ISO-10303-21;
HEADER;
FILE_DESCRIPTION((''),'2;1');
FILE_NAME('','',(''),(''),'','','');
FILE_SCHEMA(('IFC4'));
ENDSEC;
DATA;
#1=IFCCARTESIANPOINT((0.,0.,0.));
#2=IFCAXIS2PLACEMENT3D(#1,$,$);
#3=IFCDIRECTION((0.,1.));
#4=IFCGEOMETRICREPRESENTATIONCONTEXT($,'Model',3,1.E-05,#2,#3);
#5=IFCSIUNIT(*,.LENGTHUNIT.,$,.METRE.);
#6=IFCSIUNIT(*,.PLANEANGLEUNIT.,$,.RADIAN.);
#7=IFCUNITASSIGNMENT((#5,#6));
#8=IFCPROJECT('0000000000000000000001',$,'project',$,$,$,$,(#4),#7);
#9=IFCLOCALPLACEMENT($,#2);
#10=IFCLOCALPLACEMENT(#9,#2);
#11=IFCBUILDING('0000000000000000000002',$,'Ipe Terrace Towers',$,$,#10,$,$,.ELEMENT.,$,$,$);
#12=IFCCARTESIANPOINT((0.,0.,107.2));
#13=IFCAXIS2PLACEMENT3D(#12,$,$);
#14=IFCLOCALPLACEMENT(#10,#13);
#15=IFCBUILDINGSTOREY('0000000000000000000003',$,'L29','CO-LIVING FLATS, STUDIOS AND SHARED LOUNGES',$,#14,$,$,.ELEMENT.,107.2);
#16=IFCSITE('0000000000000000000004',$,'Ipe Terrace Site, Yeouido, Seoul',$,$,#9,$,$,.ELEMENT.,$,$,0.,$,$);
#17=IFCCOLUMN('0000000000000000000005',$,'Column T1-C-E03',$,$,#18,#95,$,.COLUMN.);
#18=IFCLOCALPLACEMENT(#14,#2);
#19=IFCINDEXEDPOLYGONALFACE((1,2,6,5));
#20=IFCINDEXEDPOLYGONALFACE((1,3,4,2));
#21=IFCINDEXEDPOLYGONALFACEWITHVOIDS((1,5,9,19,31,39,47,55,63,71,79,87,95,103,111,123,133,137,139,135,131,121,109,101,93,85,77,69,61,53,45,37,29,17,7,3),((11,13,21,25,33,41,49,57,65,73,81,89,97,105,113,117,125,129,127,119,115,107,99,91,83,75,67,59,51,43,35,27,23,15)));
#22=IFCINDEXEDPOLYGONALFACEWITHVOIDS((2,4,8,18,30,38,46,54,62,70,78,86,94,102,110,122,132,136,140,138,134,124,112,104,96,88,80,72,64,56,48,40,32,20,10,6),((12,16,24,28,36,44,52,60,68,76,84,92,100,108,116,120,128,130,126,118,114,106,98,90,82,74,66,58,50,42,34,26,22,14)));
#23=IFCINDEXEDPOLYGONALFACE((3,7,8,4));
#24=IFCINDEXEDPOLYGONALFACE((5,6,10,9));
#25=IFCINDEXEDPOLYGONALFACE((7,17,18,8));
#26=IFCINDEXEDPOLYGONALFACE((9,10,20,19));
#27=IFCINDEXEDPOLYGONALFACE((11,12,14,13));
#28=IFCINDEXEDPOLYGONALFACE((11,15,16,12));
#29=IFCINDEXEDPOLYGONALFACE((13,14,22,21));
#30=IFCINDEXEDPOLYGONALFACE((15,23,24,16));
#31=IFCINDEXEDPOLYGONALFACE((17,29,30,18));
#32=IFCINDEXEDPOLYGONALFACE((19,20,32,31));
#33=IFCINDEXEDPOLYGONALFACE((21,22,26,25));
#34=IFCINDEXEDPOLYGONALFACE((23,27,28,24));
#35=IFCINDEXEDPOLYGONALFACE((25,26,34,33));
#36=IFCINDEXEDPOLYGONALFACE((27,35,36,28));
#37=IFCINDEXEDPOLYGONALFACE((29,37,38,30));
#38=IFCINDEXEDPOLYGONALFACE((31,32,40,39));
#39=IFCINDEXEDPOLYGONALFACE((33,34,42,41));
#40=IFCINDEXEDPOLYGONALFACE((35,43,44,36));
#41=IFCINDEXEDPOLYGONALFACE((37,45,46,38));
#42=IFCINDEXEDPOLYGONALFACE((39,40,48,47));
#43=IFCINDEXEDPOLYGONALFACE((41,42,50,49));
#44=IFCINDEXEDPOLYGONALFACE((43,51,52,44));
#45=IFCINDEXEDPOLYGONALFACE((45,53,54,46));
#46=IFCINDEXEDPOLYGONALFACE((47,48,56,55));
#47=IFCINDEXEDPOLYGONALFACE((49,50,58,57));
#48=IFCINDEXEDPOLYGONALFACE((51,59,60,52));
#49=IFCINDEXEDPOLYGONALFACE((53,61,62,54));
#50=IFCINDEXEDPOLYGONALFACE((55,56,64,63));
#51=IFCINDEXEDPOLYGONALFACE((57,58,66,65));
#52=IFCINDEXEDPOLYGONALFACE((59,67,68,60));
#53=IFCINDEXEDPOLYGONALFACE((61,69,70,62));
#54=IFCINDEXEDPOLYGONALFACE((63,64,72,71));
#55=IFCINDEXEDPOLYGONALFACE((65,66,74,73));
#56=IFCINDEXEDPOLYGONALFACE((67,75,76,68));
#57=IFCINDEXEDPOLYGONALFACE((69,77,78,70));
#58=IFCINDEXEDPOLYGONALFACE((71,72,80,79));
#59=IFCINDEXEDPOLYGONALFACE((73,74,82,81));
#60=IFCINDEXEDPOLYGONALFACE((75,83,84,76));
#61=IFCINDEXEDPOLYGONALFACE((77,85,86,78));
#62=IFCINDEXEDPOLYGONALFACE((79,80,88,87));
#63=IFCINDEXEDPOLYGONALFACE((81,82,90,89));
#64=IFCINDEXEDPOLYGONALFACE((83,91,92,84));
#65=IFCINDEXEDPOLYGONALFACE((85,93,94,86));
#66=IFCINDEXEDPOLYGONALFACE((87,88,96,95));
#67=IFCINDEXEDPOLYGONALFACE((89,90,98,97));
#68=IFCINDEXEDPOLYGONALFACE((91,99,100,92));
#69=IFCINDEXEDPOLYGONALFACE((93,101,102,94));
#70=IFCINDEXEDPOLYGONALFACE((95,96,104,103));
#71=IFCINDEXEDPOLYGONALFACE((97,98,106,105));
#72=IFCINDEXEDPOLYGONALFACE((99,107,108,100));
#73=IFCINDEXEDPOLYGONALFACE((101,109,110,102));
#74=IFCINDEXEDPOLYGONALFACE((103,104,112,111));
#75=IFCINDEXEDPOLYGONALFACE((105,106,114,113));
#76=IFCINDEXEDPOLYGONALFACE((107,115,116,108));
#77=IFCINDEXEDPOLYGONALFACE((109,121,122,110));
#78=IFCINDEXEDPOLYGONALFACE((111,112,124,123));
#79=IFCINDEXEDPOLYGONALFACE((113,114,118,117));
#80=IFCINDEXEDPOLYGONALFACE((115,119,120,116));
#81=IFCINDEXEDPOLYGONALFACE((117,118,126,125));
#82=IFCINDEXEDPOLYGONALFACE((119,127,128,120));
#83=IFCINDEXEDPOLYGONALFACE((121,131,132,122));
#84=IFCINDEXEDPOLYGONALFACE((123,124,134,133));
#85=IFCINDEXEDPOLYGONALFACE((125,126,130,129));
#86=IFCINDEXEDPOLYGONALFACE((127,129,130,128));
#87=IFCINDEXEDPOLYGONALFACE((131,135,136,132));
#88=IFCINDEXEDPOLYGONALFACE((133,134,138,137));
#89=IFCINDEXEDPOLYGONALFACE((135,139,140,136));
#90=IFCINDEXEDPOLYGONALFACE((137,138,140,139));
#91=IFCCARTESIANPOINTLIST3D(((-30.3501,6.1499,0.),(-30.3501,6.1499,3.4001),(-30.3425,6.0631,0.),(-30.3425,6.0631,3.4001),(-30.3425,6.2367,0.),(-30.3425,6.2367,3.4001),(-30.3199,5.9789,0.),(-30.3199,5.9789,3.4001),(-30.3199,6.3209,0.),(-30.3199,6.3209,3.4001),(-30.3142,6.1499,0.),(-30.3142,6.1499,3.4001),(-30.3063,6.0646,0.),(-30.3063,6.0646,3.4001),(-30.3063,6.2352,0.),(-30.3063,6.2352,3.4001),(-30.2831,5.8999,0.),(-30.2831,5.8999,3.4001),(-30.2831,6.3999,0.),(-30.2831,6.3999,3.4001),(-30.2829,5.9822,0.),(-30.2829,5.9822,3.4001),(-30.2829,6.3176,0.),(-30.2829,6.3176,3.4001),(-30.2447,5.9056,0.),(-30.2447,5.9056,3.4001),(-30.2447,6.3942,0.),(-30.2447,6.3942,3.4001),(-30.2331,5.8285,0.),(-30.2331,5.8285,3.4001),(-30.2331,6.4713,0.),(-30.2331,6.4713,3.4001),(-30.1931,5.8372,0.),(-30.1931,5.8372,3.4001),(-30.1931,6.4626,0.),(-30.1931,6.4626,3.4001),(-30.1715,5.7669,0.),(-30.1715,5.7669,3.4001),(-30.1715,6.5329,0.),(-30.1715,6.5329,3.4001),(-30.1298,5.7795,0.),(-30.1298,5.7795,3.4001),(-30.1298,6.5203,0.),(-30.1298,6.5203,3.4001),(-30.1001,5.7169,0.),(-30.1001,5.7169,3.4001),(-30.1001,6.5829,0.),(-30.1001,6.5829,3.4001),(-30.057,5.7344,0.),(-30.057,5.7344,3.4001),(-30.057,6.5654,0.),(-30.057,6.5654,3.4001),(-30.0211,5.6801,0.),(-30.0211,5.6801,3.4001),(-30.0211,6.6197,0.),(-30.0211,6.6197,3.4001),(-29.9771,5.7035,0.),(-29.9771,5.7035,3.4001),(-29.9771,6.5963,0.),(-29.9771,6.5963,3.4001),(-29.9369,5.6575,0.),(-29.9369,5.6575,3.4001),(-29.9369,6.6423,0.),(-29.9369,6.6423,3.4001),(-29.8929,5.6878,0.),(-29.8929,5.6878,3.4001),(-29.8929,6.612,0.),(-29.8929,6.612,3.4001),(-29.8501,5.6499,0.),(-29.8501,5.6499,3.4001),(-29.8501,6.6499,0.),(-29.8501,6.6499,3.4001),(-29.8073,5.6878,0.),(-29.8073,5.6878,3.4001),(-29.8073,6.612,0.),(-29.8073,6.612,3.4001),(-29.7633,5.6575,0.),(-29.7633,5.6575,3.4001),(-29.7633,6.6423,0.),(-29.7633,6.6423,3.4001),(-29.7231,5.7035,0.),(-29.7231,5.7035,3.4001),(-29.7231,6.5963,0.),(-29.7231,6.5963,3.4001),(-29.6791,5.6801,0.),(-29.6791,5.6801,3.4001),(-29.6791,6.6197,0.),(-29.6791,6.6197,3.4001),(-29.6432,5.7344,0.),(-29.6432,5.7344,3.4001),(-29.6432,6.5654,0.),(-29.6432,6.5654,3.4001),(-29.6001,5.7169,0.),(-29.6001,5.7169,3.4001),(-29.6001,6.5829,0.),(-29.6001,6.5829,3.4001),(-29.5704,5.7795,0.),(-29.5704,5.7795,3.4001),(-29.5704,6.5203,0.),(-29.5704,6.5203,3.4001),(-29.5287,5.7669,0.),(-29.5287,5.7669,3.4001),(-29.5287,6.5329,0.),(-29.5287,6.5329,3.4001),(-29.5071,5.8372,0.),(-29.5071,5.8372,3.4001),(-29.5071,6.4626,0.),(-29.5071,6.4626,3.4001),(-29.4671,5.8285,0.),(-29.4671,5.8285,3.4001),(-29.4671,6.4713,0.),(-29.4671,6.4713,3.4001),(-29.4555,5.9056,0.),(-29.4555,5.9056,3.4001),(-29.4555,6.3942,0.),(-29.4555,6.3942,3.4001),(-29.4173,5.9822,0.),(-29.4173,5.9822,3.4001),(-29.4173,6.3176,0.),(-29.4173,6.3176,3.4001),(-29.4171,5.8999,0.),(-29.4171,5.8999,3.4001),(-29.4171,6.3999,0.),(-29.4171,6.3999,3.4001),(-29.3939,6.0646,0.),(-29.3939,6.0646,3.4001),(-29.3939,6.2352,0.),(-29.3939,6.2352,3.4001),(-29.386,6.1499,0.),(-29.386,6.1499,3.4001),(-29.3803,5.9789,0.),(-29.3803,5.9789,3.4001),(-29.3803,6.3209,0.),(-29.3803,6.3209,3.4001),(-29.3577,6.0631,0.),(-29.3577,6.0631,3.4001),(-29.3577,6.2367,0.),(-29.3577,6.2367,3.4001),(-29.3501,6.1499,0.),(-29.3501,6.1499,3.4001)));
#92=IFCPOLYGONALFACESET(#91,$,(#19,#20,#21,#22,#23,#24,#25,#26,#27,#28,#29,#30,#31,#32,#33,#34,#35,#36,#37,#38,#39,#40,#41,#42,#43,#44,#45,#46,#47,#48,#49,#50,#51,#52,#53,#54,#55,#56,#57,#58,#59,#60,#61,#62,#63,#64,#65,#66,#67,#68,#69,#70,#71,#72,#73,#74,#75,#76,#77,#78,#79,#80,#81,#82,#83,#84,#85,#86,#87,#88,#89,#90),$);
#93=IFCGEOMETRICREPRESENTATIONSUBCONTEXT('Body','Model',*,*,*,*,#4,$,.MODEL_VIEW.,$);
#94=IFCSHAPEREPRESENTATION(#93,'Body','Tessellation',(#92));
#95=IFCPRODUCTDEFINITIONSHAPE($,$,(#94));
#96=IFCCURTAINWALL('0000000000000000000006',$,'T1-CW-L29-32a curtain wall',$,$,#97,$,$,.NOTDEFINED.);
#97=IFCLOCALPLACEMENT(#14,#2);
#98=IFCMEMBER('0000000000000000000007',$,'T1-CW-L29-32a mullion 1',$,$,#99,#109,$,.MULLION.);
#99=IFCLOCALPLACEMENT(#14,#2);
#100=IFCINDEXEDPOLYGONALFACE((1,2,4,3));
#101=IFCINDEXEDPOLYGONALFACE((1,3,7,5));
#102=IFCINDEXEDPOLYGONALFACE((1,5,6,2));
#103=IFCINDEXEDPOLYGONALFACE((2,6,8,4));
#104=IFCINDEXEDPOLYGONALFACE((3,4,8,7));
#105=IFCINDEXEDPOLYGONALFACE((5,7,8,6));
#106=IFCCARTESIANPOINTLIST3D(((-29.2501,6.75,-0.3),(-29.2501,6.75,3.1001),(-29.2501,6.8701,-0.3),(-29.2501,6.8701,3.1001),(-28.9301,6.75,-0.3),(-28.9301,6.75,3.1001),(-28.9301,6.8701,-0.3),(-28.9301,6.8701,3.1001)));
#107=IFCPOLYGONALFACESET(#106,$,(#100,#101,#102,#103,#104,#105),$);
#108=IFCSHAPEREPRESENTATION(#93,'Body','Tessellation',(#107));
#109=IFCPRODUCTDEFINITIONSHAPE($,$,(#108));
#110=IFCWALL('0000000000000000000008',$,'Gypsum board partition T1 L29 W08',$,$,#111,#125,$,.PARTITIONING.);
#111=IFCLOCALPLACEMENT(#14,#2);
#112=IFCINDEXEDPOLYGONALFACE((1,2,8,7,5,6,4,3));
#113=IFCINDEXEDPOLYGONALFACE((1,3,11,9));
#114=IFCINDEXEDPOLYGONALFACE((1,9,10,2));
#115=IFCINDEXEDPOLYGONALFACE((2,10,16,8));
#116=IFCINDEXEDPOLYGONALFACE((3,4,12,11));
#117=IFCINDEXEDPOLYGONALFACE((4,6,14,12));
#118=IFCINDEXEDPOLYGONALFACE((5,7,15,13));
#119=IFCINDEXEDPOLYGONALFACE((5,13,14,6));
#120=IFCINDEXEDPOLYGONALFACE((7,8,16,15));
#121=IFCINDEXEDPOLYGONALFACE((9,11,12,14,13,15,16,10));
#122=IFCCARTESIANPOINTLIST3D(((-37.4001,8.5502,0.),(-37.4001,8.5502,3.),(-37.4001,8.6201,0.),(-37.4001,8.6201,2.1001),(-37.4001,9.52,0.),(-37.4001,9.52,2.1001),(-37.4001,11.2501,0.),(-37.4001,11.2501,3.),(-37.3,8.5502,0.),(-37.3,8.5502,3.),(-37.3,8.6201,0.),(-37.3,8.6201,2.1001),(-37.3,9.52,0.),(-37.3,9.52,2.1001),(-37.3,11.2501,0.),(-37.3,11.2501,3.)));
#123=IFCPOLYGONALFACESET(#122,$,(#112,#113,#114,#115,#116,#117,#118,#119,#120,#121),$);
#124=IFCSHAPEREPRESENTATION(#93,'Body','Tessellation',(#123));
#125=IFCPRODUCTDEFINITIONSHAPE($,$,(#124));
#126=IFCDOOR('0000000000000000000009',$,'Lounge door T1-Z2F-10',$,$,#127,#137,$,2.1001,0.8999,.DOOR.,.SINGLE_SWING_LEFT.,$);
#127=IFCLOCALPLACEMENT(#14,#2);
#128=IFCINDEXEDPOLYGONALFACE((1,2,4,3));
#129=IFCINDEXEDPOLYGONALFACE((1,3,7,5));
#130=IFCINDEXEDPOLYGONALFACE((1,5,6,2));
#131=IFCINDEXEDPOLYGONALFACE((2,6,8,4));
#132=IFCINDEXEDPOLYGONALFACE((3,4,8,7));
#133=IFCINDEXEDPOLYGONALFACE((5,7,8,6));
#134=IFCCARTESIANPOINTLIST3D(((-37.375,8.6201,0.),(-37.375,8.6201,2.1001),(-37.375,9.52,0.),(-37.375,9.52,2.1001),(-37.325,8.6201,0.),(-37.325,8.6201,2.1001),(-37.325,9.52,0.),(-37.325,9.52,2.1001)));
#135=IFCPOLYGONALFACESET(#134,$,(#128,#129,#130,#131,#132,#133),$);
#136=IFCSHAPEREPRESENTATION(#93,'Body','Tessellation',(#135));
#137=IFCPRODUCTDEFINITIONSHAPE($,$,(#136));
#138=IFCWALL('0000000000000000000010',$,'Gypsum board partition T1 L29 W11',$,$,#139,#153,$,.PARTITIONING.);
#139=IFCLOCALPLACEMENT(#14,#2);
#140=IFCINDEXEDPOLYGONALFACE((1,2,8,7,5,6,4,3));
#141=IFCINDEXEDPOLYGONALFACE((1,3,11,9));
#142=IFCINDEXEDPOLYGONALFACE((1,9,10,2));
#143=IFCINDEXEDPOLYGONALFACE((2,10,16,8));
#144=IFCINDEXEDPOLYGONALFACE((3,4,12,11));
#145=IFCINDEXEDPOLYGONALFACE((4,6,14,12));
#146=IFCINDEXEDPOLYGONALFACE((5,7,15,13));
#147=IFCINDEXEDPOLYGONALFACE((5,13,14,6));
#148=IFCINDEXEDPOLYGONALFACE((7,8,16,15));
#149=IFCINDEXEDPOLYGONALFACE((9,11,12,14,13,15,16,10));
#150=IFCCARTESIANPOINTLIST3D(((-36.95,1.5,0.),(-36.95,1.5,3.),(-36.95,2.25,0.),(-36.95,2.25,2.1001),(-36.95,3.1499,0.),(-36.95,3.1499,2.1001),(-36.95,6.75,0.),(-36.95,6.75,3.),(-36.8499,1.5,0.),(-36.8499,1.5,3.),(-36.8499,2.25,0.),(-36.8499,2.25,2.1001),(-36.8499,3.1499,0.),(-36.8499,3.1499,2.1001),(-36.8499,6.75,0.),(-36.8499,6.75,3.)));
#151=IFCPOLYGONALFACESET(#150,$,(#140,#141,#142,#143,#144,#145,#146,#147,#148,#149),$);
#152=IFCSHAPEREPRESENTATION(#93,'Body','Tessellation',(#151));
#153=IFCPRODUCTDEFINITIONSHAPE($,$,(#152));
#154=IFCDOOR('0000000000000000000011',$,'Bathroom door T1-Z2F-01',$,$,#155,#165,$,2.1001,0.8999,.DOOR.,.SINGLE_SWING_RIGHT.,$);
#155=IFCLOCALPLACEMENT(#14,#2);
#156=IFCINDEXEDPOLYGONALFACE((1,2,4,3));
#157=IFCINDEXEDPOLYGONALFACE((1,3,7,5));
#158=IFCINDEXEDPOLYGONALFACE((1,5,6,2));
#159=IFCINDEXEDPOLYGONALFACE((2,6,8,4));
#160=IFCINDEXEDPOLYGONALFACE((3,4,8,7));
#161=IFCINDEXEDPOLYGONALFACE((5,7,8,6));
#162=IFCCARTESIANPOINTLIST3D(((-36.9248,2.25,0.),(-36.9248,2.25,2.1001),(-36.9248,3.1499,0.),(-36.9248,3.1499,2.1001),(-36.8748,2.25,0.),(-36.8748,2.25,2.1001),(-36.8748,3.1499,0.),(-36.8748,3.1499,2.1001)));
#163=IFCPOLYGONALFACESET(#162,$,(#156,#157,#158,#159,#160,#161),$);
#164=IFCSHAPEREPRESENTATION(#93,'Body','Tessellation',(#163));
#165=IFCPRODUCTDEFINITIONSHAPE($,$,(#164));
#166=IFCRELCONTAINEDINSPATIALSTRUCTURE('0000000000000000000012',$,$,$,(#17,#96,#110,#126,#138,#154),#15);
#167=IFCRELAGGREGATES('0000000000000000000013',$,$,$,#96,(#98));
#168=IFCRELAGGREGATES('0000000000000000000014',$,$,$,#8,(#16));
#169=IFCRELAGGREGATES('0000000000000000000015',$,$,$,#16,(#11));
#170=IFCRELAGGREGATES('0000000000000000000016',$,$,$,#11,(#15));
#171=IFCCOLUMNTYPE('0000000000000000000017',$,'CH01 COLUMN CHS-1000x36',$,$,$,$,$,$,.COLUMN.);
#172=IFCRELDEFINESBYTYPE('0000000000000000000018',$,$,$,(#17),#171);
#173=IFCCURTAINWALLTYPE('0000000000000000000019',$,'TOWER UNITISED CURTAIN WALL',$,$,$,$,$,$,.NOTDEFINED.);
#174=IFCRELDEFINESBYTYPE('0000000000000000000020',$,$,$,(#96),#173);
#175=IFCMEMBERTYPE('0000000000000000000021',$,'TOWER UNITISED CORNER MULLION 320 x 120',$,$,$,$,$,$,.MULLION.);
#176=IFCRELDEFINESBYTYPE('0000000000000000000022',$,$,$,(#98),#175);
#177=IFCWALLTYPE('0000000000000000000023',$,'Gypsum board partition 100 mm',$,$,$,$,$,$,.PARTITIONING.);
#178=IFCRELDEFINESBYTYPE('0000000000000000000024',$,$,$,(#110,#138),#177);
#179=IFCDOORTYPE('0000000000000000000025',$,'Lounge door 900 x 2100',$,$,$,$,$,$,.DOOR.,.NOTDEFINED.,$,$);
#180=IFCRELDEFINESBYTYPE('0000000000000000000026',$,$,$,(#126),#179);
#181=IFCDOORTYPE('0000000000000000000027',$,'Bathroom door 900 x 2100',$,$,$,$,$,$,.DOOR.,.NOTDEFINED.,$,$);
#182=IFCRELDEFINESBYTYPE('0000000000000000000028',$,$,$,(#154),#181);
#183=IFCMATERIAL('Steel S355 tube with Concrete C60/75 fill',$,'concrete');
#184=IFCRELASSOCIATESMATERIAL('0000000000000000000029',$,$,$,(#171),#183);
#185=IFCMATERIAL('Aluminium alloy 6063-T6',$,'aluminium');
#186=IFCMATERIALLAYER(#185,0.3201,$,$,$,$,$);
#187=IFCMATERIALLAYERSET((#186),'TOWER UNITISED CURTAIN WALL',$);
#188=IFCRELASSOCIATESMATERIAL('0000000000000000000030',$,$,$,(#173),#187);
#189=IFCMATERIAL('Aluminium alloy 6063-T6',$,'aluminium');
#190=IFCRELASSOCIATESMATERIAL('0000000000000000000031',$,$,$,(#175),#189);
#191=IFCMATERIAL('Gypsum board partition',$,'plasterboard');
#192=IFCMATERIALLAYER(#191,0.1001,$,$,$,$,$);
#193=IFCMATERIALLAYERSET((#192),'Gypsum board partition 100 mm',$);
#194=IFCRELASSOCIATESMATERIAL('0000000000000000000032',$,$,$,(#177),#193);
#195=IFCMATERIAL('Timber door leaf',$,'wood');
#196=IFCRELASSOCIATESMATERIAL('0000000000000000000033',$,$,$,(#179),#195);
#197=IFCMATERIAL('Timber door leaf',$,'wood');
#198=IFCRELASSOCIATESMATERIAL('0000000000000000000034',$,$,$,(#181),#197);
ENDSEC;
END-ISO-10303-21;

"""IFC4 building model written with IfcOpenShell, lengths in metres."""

from ifc_helpers import new_model, si_unit, direction, frame, frame_2d, origin, origin_2d, place, context, subcontext, project, spatial, rectangle, hollow_circle, extrude, material, layer, layer_set, material_profile, profile_set, type_object, element, fill, aggregate, save


model = new_model("IFC4")

# Units and contexts
model_context = context("Model", 3, precision=1e-05, world=origin(), true_north=direction((0.0, 1.0)))
body_context = subcontext(model_context, "Body", "Model", "MODEL_VIEW")
ifc_project = project(units=[si_unit("LENGTHUNIT", "METRE"), si_unit("PLANEANGLEUNIT", "RADIAN")], contexts=[model_context])

# Site, building, storey
site_placement = place(None, origin())
site = spatial("IfcSite", under=ifc_project, at=site_placement, Name="Ipe Terrace Site, Yeouido, Seoul", CompositionType="ELEMENT", RefElevation=0.0)
building_placement = place(site_placement, origin())
building = spatial("IfcBuilding", under=site, at=building_placement, Name="Ipe Terrace Towers", CompositionType="ELEMENT")
storey_placement = place(building_placement, frame((0.0, 0.0, 107.2)))
storey = spatial("IfcBuildingStorey", under=building, at=storey_placement, Name="L29", Description="CO-LIVING FLATS, STUDIOS AND SHARED LOUNGES", CompositionType="ELEMENT", Elevation=107.2)

# Column
ifc_material_1 = material(Name="Steel S355 tube with Concrete C60/75 fill", Category="concrete")
ifc_material_profile_1 = material_profile(ifc_material_1, hollow_circle(Radius=0.5, WallThickness=0.0359, at=origin_2d()), Name="CHS-1000x36")
ifc_profile_set_1 = profile_set([ifc_material_profile_1], Name="Steel S355 tube with Concrete C60/75 fill")
column_type = type_object("IfcColumnType", Name="CH01 COLUMN CHS-1000x36", PredefinedType="COLUMN", material=ifc_profile_set_1)
column_placement = place(storey_placement, frame((-29.8501, 6.1499, 0.0), z_axis=(0.0, 0.0, 1.0), x_axis=(1.0, 0.0, 0.0)))
element("IfcColumn", 1, at=column_placement, inside=storey, type_object=column_type, Name="Column T1-C-E03", PredefinedType="COLUMN", context=body_context, shape_type="SweptSolid", body=[
    extrude(hollow_circle(Radius=0.5, WallThickness=0.0359, at=origin_2d()), origin(), (0.0, 0.0, 1.0), 3.4001),
])

# Curtain wall, member
ifc_material_2 = material(Name="Aluminium alloy 6063-T6", Category="aluminium")
ifc_layer_1 = layer(ifc_material_2, 0.3201)
ifc_layer_set_1 = layer_set([ifc_layer_1], Name="TOWER UNITISED CURTAIN WALL")
curtain_wall_type = type_object("IfcCurtainWallType", Name="TOWER UNITISED CURTAIN WALL", PredefinedType="NOTDEFINED", material=ifc_layer_set_1)
curtain_wall_placement = place(storey_placement, origin())
curtain_wall = element("IfcCurtainWall", 2, at=curtain_wall_placement, inside=storey, type_object=curtain_wall_type, Name="T1-CW-L29-32a curtain wall", PredefinedType="NOTDEFINED")
ifc_material_3 = material(Name="Aluminium alloy 6063-T6", Category="aluminium")
ifc_material_profile_2 = material_profile(ifc_material_3, rectangle(XDim=0.3201, YDim=0.1201, at=origin_2d()), Name="TOWER UNITISED CORNER MULLION 320 x 120")
ifc_profile_set_2 = profile_set([ifc_material_profile_2], Name="Aluminium alloy 6063-T6")
member_type = type_object("IfcMemberType", Name="TOWER UNITISED CORNER MULLION 320 x 120", PredefinedType="MULLION", material=ifc_profile_set_2)
member_placement = place(storey_placement, frame((-29.0901, 6.8101, -0.3), z_axis=(0.0, 0.0, 1.0), x_axis=(1.0, 0.0, 0.0)))
member = element("IfcMember", 3, at=member_placement, type_object=member_type, Name="T1-CW-L29-32a mullion 1", PredefinedType="MULLION", context=body_context, shape_type="SweptSolid", body=[
    extrude(rectangle(XDim=0.3201, YDim=0.1201, at=origin_2d()), origin(), (0.0, 0.0, 1.0), 3.4001),
])
aggregate(curtain_wall, [member])

# Walls, openings, doors
ifc_material_4 = material(Name="Gypsum board partition", Category="plasterboard")
ifc_layer_2 = layer(ifc_material_4, 0.1001)
ifc_layer_set_2 = layer_set([ifc_layer_2], Name="Gypsum board partition 100 mm")
wall_type_1 = type_object("IfcWallType", Name="Gypsum board partition 100 mm", PredefinedType="PARTITIONING", material=ifc_layer_set_2)
wall_1_placement = place(storey_placement, frame((-37.3501, 8.55, 0.0), z_axis=(0.0, 0.0, 1.0), x_axis=(0.0, 1.0, 0.0)))
wall_1 = element("IfcWall", 4, at=wall_1_placement, inside=storey, type_object=wall_type_1, Name="Gypsum board partition T1 L29 W08", PredefinedType="PARTITIONING", context=body_context, shape_type="SweptSolid", body=[
    extrude(rectangle(XDim=2.7, YDim=0.1001, at=frame_2d((1.3501, 0.0))), origin(), (0.0, 0.0, 1.0), 3.0),
])
opening_1_placement = place(wall_1_placement, frame((0.0701, 0.0, 0.0)))
opening_1 = element("IfcOpeningElement", 5, at=opening_1_placement, cuts=wall_1, PredefinedType="OPENING", context=body_context, shape_type="SweptSolid", body=[
    extrude(rectangle(XDim=0.8999, YDim=2.1001, at=frame_2d((0.45, 1.05))), frame((0.0, 0.0601, 0.0), z_axis=(0.0, -1.0, 0.0), x_axis=(1.0, 0.0, 0.0)), (0.0, 0.0, 1.0), 0.1201),
])
ifc_material_5 = material(Name="Timber door leaf", Category="wood")
door_type_1 = type_object("IfcDoorType", Name="Lounge door 900 x 2100", OperationType="NOTDEFINED", PredefinedType="DOOR", material=ifc_material_5)
door_1_placement = place(opening_1_placement, origin())
door_1 = element("IfcDoor", 6, at=door_1_placement, inside=storey, type_object=door_type_1, Name="Lounge door T1-Z2F-10", OperationType="SINGLE_SWING_LEFT", OverallHeight=2.1001, OverallWidth=0.8999, PredefinedType="DOOR", context=body_context, shape_type="SweptSolid", body=[
    extrude(rectangle(XDim=0.8999, YDim=2.1001, at=frame_2d((0.45, 1.05))), frame((0.0, 0.0249, 0.0), z_axis=(0.0, -1.0, 0.0), x_axis=(1.0, 0.0, 0.0)), (0.0, 0.0, 1.0), 0.05),
])
fill(opening_1, door_1)
wall_2_placement = place(storey_placement, frame((-36.8999, 1.5, 0.0), z_axis=(0.0, 0.0, 1.0), x_axis=(0.0, 1.0, 0.0)))
wall_2 = element("IfcWall", 7, at=wall_2_placement, inside=storey, type_object=wall_type_1, Name="Gypsum board partition T1 L29 W11", PredefinedType="PARTITIONING", context=body_context, shape_type="SweptSolid", body=[
    extrude(rectangle(XDim=5.25, YDim=0.1001, at=frame_2d((2.625, 0.0))), origin(), (0.0, 0.0, 1.0), 3.0),
])
opening_2_placement = place(wall_2_placement, frame((0.75, 0.0, 0.0)))
opening_2 = element("IfcOpeningElement", 8, at=opening_2_placement, cuts=wall_2, PredefinedType="OPENING", context=body_context, shape_type="SweptSolid", body=[
    extrude(rectangle(XDim=0.8999, YDim=2.1001, at=frame_2d((0.45, 1.05))), frame((0.0, 0.0601, 0.0), z_axis=(0.0, -1.0, 0.0), x_axis=(1.0, 0.0, 0.0)), (0.0, 0.0, 1.0), 0.1201),
])
ifc_material_6 = material(Name="Timber door leaf", Category="wood")
door_type_2 = type_object("IfcDoorType", Name="Bathroom door 900 x 2100", OperationType="NOTDEFINED", PredefinedType="DOOR", material=ifc_material_6)
door_2_placement = place(opening_2_placement, origin())
door_2 = element("IfcDoor", 9, at=door_2_placement, inside=storey, type_object=door_type_2, Name="Bathroom door T1-Z2F-01", OperationType="SINGLE_SWING_RIGHT", OverallHeight=2.1001, OverallWidth=0.8999, PredefinedType="DOOR", context=body_context, shape_type="SweptSolid", body=[
    extrude(rectangle(XDim=0.8999, YDim=2.1001, at=frame_2d((0.45, 1.05))), frame((0.0, 0.0249, 0.0), z_axis=(0.0, -1.0, 0.0), x_axis=(1.0, 0.0, 0.0)), (0.0, 0.0, 1.0), 0.05),
])
fill(opening_2, door_2)

save(model, "model.ifc")
